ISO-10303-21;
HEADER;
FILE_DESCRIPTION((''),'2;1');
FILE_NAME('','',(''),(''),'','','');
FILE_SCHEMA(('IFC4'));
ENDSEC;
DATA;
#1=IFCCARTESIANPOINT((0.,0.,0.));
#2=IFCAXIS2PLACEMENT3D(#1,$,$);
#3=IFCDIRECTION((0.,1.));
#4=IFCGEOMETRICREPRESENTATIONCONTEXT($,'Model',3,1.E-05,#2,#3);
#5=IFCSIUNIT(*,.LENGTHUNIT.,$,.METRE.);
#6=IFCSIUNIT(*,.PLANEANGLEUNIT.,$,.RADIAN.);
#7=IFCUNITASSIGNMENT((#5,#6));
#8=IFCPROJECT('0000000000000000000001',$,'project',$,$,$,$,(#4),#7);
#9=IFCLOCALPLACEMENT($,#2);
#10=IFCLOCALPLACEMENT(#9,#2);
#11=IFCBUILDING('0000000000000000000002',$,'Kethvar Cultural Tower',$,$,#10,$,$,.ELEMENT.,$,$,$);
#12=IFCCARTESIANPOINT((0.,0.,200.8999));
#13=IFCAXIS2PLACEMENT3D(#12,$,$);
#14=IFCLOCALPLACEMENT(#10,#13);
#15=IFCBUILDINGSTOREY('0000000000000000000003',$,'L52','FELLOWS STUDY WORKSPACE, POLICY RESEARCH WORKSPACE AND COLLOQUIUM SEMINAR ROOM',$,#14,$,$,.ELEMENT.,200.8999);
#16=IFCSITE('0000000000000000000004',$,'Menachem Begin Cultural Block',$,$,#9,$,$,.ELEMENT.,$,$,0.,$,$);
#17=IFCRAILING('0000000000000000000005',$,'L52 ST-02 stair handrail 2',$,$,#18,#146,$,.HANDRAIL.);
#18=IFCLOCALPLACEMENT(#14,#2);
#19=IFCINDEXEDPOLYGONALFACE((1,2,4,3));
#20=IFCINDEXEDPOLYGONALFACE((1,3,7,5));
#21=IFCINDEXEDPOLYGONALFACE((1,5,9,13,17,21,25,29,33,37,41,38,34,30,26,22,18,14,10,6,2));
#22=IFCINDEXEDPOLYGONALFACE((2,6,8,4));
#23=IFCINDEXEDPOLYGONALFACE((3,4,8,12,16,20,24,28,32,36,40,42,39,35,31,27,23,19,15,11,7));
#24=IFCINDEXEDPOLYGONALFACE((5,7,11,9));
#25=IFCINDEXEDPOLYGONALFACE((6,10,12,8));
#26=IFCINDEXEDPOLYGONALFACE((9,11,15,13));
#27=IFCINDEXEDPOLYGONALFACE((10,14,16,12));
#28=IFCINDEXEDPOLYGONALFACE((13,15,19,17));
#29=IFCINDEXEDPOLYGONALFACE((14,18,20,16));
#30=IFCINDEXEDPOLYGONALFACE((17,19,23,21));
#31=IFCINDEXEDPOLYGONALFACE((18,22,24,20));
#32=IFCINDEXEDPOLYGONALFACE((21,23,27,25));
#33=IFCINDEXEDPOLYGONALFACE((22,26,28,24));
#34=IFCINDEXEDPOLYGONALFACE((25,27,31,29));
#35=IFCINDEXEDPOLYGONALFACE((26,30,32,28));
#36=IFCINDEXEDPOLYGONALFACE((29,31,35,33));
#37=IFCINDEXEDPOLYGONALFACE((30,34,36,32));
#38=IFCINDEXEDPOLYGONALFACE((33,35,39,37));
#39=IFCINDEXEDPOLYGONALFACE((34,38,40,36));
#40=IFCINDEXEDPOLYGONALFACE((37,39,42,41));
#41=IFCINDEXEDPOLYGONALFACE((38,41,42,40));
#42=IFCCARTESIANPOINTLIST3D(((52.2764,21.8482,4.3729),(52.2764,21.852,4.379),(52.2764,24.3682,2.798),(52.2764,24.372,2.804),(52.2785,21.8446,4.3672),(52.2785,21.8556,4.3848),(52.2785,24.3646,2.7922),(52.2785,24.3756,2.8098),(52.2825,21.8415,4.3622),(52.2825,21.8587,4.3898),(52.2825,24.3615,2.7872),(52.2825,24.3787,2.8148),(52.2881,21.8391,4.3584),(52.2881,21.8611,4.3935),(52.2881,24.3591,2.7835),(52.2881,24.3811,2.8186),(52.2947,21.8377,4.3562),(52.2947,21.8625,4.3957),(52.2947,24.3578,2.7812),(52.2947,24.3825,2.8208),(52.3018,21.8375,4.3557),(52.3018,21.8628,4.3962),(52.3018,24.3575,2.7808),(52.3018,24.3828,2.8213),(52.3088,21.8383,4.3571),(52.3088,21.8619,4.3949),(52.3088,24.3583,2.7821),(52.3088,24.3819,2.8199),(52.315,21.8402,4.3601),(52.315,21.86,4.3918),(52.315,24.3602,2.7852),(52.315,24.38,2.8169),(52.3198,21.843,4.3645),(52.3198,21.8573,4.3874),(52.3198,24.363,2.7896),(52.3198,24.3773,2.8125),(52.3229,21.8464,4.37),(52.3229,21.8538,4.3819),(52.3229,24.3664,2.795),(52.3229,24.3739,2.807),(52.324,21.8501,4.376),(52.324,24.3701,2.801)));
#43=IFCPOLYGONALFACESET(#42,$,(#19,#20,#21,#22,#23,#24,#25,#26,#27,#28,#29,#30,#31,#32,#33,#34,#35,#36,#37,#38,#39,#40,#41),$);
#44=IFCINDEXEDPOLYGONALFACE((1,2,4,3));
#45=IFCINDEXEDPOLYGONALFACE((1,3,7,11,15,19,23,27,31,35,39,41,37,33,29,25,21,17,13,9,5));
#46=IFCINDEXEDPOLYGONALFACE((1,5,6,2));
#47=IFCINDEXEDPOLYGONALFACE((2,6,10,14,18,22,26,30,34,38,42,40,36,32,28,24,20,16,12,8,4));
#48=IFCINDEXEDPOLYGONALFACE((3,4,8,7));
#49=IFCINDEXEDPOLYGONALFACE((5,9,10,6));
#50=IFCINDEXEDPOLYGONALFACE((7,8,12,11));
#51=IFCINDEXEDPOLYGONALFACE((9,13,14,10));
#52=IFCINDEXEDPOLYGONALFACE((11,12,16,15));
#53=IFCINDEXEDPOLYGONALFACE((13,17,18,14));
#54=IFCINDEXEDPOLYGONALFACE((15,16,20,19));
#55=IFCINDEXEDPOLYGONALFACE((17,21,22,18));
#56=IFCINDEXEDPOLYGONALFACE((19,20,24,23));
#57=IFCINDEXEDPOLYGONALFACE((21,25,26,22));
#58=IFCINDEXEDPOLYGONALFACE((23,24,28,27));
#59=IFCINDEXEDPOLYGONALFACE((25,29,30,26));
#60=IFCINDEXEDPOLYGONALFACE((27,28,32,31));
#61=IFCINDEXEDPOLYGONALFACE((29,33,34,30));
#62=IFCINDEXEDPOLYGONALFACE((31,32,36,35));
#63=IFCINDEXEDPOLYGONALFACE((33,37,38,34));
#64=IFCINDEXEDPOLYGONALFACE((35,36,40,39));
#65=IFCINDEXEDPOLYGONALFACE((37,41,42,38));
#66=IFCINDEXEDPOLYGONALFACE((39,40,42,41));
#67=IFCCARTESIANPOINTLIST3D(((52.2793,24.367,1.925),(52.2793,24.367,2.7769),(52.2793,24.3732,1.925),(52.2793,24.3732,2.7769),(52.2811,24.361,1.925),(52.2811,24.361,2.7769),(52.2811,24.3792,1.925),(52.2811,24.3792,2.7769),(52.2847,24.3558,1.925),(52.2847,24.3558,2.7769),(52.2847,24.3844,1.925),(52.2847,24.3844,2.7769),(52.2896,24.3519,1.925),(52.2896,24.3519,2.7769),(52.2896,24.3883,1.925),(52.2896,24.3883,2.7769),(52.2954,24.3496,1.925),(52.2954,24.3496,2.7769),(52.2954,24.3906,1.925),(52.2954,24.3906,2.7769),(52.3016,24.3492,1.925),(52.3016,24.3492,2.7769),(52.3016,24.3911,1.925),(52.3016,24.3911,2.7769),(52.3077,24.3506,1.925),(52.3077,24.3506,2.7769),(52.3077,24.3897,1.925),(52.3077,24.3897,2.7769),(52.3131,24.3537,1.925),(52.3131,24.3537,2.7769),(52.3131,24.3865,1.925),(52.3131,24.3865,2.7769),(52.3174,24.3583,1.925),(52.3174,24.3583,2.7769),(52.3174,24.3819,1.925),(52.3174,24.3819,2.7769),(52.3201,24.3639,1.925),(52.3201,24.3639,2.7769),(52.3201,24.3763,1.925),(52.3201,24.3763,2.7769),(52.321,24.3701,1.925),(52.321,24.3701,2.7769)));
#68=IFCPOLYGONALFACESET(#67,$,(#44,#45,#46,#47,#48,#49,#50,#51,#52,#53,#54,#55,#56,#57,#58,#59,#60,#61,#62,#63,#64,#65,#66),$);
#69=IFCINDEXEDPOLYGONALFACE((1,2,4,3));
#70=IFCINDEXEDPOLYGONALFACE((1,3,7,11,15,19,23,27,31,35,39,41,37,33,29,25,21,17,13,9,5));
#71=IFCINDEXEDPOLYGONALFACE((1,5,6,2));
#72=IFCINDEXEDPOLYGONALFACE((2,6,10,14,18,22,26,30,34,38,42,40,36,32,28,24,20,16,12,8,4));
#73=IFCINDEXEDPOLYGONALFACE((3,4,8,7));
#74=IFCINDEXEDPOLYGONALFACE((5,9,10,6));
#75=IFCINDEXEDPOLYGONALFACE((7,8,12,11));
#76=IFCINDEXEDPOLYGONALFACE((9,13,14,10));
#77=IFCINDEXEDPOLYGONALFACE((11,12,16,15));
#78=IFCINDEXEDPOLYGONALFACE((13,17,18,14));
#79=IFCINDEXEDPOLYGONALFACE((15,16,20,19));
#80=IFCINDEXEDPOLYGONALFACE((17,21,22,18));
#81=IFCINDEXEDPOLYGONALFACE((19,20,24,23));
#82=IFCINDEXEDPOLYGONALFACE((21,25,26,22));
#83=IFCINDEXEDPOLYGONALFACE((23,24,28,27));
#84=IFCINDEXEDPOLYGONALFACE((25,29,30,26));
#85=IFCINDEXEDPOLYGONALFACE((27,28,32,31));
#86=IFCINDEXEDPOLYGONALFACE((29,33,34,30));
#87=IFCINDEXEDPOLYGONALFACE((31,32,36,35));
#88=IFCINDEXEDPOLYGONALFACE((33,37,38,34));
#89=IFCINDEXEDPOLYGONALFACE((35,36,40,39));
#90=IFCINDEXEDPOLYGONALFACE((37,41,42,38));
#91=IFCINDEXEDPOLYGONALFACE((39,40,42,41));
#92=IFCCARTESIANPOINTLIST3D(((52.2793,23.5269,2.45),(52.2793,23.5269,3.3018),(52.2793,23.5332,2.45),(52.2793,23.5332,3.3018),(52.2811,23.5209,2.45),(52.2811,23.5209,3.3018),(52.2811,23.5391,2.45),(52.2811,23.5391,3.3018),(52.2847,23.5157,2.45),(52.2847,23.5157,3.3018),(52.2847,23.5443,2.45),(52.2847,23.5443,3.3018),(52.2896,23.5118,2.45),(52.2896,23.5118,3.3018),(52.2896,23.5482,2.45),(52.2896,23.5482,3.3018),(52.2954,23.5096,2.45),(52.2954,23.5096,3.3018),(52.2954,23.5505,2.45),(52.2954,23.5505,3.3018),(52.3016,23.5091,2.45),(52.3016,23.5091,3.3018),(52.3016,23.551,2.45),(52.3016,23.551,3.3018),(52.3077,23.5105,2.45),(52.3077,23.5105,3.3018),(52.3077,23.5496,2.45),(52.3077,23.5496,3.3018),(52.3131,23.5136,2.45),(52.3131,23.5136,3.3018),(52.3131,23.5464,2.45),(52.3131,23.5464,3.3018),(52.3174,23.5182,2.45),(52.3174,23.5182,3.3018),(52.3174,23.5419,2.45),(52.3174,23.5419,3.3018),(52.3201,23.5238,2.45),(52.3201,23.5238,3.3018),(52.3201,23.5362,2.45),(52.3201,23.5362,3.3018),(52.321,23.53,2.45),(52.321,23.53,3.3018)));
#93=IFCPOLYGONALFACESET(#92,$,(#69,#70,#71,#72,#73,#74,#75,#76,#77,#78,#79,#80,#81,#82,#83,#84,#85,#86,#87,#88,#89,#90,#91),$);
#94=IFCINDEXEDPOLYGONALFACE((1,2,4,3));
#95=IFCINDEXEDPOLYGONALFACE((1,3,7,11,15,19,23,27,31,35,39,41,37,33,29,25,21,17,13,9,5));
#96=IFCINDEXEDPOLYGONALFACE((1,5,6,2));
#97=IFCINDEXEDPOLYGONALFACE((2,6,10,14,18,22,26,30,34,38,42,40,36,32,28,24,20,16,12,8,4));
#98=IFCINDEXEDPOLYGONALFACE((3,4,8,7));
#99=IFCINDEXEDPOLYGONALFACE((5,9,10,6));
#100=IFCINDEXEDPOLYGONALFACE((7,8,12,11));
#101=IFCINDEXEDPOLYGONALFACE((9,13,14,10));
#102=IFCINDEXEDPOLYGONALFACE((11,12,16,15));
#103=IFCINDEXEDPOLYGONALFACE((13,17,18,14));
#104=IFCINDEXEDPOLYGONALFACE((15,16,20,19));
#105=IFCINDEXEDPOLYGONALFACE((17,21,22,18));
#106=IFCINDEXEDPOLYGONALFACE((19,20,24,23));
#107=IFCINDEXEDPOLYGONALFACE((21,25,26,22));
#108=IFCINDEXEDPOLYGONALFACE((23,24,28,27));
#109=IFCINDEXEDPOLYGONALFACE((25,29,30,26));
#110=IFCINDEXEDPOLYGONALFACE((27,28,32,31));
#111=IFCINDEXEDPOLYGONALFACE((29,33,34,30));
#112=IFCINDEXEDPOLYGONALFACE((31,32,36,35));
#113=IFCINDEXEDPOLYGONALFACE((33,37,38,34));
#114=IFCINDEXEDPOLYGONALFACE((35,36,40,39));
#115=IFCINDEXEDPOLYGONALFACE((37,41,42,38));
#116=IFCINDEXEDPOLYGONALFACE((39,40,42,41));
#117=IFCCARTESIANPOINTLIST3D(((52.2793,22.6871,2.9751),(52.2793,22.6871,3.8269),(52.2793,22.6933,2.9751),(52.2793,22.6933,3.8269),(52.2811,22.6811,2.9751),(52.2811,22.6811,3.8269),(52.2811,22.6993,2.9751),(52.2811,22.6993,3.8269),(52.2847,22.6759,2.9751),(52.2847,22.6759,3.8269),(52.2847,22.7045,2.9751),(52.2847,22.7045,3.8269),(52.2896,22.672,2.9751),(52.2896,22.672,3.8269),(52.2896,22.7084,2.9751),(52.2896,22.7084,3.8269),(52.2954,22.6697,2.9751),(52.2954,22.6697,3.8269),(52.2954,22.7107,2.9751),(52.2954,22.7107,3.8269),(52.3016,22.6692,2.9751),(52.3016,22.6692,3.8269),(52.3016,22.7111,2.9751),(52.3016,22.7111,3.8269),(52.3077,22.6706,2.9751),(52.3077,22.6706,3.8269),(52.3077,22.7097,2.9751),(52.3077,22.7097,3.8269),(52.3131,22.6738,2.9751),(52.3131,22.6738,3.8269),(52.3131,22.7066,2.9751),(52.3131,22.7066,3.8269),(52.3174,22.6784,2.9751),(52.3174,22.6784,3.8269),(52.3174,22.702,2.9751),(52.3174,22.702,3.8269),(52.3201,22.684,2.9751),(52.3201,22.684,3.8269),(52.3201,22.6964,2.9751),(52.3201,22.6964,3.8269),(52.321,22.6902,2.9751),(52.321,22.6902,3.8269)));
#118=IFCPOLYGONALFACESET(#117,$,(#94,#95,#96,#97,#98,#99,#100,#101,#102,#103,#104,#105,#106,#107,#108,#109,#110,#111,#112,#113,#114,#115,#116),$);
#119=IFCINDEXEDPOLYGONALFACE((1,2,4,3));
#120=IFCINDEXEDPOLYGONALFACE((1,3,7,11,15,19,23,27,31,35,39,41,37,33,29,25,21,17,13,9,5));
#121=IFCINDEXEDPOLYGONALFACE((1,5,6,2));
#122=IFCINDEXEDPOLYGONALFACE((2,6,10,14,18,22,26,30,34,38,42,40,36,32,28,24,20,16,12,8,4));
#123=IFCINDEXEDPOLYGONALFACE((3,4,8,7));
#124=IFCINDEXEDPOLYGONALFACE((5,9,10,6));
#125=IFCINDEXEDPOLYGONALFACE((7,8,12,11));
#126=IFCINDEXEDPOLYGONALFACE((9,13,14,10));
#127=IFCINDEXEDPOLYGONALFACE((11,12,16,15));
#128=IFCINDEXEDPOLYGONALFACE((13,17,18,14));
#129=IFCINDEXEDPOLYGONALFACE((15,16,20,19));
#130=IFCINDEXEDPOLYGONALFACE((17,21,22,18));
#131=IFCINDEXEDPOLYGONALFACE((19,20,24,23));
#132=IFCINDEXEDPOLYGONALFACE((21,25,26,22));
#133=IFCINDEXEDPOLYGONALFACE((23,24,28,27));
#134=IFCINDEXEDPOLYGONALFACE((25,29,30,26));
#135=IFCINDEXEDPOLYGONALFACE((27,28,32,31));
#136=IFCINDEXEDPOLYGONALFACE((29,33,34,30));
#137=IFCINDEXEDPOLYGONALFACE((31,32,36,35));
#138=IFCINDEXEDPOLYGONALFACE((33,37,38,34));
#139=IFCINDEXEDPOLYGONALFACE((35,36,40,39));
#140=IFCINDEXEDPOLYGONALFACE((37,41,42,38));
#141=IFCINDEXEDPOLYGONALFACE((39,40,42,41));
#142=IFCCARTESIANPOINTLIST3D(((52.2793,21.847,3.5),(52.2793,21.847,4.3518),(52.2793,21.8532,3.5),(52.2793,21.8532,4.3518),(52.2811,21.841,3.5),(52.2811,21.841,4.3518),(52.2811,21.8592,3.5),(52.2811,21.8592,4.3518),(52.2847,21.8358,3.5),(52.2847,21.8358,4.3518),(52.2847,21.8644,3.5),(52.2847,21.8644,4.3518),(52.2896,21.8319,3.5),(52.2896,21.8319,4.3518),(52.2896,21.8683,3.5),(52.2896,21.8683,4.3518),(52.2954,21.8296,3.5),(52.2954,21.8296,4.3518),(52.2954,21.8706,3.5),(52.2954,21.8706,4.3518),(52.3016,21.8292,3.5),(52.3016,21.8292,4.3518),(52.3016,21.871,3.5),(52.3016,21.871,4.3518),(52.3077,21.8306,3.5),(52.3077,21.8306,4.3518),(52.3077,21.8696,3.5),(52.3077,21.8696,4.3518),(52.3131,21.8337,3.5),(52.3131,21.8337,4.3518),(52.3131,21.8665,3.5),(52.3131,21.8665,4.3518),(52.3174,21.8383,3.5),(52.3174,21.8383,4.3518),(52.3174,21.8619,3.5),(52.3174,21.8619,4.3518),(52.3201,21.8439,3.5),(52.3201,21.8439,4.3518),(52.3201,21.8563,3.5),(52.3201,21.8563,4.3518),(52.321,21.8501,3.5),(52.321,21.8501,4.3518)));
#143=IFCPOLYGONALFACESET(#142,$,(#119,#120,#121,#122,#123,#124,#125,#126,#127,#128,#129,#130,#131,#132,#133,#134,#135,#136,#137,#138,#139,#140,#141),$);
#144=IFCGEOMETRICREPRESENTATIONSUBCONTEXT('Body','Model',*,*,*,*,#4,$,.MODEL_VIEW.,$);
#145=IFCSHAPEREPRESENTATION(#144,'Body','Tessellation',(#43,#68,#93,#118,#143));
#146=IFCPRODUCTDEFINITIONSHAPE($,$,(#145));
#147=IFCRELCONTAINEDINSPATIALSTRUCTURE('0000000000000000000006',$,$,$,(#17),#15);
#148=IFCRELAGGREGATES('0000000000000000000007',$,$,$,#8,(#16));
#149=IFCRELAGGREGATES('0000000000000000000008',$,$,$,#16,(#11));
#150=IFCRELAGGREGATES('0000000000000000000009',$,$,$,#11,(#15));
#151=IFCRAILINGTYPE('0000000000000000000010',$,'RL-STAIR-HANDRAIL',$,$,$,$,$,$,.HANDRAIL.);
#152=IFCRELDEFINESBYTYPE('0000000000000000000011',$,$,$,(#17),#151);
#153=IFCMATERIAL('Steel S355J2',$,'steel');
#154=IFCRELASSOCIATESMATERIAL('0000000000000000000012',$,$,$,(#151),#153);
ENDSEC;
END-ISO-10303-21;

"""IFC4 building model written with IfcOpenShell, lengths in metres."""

from ifc_helpers import new_model, si_unit, direction, frame, origin, origin_2d, place, context, subcontext, project, spatial, circle, extrude, material, type_object, element, save


model = new_model("IFC4")

# Units and contexts
model_context = context("Model", 3, precision=1e-05, world=origin(), true_north=direction((0.0, 1.0)))
body_context = subcontext(model_context, "Body", "Model", "MODEL_VIEW")
ifc_project = project(units=[si_unit("LENGTHUNIT", "METRE"), si_unit("PLANEANGLEUNIT", "RADIAN")], contexts=[model_context])

# Site, building, storey
site_placement = place(None, origin())
site = spatial("IfcSite", under=ifc_project, at=site_placement, Name="Menachem Begin Cultural Block", CompositionType="ELEMENT", RefElevation=0.0)
building_placement = place(site_placement, origin())
building = spatial("IfcBuilding", under=site, at=building_placement, Name="Kethvar Cultural Tower", CompositionType="ELEMENT")
storey_placement = place(building_placement, frame((0.0, 0.0, 200.8999)))
storey = spatial("IfcBuildingStorey", under=building, at=storey_placement, Name="L52", Description="FELLOWS STUDY WORKSPACE, POLICY RESEARCH WORKSPACE AND COLLOQUIUM SEMINAR ROOM", CompositionType="ELEMENT", Elevation=200.8999)

# Shared definitions
ifc_material_1 = material(Name="Steel S355J2", Category="steel")

# Railing
railing_type_1 = type_object("IfcRailingType", Name="RL-STAIR-HANDRAIL", PredefinedType="HANDRAIL", material=ifc_material_1)
railing_1_placement = place(storey_placement, frame((52.3, 24.3701, 1.925)))
element("IfcRailing", 1, at=railing_1_placement, inside=storey, type_object=railing_type_1, Name="L52 ST-02 stair handrail 2", PredefinedType="HANDRAIL", context=body_context, shape_type="SweptSolid", body=[
    extrude(circle(Radius=0.0239, at=origin_2d()), frame((0.0, 0.0, 0.876), z_axis=(0.0, -0.848008, 0.529984), x_axis=(1.0, 0.0, 0.0)), (0.0, 0.0, 1.0), 2.9717),
    extrude(circle(Radius=0.021, at=origin_2d()), origin(), (0.0, 0.0, 1.0), 0.8518),
    extrude(circle(Radius=0.021, at=origin_2d()), frame((0.0, -0.8401, 0.5249)), (0.0, 0.0, 1.0), 0.8518),
    extrude(circle(Radius=0.021, at=origin_2d()), frame((0.0, -1.6799, 1.05)), (0.0, 0.0, 1.0), 0.8518),
    extrude(circle(Radius=0.021, at=origin_2d()), frame((0.0, -2.52, 1.575)), (0.0, 0.0, 1.0), 0.8518),
])

save(model, "model.ifc")
